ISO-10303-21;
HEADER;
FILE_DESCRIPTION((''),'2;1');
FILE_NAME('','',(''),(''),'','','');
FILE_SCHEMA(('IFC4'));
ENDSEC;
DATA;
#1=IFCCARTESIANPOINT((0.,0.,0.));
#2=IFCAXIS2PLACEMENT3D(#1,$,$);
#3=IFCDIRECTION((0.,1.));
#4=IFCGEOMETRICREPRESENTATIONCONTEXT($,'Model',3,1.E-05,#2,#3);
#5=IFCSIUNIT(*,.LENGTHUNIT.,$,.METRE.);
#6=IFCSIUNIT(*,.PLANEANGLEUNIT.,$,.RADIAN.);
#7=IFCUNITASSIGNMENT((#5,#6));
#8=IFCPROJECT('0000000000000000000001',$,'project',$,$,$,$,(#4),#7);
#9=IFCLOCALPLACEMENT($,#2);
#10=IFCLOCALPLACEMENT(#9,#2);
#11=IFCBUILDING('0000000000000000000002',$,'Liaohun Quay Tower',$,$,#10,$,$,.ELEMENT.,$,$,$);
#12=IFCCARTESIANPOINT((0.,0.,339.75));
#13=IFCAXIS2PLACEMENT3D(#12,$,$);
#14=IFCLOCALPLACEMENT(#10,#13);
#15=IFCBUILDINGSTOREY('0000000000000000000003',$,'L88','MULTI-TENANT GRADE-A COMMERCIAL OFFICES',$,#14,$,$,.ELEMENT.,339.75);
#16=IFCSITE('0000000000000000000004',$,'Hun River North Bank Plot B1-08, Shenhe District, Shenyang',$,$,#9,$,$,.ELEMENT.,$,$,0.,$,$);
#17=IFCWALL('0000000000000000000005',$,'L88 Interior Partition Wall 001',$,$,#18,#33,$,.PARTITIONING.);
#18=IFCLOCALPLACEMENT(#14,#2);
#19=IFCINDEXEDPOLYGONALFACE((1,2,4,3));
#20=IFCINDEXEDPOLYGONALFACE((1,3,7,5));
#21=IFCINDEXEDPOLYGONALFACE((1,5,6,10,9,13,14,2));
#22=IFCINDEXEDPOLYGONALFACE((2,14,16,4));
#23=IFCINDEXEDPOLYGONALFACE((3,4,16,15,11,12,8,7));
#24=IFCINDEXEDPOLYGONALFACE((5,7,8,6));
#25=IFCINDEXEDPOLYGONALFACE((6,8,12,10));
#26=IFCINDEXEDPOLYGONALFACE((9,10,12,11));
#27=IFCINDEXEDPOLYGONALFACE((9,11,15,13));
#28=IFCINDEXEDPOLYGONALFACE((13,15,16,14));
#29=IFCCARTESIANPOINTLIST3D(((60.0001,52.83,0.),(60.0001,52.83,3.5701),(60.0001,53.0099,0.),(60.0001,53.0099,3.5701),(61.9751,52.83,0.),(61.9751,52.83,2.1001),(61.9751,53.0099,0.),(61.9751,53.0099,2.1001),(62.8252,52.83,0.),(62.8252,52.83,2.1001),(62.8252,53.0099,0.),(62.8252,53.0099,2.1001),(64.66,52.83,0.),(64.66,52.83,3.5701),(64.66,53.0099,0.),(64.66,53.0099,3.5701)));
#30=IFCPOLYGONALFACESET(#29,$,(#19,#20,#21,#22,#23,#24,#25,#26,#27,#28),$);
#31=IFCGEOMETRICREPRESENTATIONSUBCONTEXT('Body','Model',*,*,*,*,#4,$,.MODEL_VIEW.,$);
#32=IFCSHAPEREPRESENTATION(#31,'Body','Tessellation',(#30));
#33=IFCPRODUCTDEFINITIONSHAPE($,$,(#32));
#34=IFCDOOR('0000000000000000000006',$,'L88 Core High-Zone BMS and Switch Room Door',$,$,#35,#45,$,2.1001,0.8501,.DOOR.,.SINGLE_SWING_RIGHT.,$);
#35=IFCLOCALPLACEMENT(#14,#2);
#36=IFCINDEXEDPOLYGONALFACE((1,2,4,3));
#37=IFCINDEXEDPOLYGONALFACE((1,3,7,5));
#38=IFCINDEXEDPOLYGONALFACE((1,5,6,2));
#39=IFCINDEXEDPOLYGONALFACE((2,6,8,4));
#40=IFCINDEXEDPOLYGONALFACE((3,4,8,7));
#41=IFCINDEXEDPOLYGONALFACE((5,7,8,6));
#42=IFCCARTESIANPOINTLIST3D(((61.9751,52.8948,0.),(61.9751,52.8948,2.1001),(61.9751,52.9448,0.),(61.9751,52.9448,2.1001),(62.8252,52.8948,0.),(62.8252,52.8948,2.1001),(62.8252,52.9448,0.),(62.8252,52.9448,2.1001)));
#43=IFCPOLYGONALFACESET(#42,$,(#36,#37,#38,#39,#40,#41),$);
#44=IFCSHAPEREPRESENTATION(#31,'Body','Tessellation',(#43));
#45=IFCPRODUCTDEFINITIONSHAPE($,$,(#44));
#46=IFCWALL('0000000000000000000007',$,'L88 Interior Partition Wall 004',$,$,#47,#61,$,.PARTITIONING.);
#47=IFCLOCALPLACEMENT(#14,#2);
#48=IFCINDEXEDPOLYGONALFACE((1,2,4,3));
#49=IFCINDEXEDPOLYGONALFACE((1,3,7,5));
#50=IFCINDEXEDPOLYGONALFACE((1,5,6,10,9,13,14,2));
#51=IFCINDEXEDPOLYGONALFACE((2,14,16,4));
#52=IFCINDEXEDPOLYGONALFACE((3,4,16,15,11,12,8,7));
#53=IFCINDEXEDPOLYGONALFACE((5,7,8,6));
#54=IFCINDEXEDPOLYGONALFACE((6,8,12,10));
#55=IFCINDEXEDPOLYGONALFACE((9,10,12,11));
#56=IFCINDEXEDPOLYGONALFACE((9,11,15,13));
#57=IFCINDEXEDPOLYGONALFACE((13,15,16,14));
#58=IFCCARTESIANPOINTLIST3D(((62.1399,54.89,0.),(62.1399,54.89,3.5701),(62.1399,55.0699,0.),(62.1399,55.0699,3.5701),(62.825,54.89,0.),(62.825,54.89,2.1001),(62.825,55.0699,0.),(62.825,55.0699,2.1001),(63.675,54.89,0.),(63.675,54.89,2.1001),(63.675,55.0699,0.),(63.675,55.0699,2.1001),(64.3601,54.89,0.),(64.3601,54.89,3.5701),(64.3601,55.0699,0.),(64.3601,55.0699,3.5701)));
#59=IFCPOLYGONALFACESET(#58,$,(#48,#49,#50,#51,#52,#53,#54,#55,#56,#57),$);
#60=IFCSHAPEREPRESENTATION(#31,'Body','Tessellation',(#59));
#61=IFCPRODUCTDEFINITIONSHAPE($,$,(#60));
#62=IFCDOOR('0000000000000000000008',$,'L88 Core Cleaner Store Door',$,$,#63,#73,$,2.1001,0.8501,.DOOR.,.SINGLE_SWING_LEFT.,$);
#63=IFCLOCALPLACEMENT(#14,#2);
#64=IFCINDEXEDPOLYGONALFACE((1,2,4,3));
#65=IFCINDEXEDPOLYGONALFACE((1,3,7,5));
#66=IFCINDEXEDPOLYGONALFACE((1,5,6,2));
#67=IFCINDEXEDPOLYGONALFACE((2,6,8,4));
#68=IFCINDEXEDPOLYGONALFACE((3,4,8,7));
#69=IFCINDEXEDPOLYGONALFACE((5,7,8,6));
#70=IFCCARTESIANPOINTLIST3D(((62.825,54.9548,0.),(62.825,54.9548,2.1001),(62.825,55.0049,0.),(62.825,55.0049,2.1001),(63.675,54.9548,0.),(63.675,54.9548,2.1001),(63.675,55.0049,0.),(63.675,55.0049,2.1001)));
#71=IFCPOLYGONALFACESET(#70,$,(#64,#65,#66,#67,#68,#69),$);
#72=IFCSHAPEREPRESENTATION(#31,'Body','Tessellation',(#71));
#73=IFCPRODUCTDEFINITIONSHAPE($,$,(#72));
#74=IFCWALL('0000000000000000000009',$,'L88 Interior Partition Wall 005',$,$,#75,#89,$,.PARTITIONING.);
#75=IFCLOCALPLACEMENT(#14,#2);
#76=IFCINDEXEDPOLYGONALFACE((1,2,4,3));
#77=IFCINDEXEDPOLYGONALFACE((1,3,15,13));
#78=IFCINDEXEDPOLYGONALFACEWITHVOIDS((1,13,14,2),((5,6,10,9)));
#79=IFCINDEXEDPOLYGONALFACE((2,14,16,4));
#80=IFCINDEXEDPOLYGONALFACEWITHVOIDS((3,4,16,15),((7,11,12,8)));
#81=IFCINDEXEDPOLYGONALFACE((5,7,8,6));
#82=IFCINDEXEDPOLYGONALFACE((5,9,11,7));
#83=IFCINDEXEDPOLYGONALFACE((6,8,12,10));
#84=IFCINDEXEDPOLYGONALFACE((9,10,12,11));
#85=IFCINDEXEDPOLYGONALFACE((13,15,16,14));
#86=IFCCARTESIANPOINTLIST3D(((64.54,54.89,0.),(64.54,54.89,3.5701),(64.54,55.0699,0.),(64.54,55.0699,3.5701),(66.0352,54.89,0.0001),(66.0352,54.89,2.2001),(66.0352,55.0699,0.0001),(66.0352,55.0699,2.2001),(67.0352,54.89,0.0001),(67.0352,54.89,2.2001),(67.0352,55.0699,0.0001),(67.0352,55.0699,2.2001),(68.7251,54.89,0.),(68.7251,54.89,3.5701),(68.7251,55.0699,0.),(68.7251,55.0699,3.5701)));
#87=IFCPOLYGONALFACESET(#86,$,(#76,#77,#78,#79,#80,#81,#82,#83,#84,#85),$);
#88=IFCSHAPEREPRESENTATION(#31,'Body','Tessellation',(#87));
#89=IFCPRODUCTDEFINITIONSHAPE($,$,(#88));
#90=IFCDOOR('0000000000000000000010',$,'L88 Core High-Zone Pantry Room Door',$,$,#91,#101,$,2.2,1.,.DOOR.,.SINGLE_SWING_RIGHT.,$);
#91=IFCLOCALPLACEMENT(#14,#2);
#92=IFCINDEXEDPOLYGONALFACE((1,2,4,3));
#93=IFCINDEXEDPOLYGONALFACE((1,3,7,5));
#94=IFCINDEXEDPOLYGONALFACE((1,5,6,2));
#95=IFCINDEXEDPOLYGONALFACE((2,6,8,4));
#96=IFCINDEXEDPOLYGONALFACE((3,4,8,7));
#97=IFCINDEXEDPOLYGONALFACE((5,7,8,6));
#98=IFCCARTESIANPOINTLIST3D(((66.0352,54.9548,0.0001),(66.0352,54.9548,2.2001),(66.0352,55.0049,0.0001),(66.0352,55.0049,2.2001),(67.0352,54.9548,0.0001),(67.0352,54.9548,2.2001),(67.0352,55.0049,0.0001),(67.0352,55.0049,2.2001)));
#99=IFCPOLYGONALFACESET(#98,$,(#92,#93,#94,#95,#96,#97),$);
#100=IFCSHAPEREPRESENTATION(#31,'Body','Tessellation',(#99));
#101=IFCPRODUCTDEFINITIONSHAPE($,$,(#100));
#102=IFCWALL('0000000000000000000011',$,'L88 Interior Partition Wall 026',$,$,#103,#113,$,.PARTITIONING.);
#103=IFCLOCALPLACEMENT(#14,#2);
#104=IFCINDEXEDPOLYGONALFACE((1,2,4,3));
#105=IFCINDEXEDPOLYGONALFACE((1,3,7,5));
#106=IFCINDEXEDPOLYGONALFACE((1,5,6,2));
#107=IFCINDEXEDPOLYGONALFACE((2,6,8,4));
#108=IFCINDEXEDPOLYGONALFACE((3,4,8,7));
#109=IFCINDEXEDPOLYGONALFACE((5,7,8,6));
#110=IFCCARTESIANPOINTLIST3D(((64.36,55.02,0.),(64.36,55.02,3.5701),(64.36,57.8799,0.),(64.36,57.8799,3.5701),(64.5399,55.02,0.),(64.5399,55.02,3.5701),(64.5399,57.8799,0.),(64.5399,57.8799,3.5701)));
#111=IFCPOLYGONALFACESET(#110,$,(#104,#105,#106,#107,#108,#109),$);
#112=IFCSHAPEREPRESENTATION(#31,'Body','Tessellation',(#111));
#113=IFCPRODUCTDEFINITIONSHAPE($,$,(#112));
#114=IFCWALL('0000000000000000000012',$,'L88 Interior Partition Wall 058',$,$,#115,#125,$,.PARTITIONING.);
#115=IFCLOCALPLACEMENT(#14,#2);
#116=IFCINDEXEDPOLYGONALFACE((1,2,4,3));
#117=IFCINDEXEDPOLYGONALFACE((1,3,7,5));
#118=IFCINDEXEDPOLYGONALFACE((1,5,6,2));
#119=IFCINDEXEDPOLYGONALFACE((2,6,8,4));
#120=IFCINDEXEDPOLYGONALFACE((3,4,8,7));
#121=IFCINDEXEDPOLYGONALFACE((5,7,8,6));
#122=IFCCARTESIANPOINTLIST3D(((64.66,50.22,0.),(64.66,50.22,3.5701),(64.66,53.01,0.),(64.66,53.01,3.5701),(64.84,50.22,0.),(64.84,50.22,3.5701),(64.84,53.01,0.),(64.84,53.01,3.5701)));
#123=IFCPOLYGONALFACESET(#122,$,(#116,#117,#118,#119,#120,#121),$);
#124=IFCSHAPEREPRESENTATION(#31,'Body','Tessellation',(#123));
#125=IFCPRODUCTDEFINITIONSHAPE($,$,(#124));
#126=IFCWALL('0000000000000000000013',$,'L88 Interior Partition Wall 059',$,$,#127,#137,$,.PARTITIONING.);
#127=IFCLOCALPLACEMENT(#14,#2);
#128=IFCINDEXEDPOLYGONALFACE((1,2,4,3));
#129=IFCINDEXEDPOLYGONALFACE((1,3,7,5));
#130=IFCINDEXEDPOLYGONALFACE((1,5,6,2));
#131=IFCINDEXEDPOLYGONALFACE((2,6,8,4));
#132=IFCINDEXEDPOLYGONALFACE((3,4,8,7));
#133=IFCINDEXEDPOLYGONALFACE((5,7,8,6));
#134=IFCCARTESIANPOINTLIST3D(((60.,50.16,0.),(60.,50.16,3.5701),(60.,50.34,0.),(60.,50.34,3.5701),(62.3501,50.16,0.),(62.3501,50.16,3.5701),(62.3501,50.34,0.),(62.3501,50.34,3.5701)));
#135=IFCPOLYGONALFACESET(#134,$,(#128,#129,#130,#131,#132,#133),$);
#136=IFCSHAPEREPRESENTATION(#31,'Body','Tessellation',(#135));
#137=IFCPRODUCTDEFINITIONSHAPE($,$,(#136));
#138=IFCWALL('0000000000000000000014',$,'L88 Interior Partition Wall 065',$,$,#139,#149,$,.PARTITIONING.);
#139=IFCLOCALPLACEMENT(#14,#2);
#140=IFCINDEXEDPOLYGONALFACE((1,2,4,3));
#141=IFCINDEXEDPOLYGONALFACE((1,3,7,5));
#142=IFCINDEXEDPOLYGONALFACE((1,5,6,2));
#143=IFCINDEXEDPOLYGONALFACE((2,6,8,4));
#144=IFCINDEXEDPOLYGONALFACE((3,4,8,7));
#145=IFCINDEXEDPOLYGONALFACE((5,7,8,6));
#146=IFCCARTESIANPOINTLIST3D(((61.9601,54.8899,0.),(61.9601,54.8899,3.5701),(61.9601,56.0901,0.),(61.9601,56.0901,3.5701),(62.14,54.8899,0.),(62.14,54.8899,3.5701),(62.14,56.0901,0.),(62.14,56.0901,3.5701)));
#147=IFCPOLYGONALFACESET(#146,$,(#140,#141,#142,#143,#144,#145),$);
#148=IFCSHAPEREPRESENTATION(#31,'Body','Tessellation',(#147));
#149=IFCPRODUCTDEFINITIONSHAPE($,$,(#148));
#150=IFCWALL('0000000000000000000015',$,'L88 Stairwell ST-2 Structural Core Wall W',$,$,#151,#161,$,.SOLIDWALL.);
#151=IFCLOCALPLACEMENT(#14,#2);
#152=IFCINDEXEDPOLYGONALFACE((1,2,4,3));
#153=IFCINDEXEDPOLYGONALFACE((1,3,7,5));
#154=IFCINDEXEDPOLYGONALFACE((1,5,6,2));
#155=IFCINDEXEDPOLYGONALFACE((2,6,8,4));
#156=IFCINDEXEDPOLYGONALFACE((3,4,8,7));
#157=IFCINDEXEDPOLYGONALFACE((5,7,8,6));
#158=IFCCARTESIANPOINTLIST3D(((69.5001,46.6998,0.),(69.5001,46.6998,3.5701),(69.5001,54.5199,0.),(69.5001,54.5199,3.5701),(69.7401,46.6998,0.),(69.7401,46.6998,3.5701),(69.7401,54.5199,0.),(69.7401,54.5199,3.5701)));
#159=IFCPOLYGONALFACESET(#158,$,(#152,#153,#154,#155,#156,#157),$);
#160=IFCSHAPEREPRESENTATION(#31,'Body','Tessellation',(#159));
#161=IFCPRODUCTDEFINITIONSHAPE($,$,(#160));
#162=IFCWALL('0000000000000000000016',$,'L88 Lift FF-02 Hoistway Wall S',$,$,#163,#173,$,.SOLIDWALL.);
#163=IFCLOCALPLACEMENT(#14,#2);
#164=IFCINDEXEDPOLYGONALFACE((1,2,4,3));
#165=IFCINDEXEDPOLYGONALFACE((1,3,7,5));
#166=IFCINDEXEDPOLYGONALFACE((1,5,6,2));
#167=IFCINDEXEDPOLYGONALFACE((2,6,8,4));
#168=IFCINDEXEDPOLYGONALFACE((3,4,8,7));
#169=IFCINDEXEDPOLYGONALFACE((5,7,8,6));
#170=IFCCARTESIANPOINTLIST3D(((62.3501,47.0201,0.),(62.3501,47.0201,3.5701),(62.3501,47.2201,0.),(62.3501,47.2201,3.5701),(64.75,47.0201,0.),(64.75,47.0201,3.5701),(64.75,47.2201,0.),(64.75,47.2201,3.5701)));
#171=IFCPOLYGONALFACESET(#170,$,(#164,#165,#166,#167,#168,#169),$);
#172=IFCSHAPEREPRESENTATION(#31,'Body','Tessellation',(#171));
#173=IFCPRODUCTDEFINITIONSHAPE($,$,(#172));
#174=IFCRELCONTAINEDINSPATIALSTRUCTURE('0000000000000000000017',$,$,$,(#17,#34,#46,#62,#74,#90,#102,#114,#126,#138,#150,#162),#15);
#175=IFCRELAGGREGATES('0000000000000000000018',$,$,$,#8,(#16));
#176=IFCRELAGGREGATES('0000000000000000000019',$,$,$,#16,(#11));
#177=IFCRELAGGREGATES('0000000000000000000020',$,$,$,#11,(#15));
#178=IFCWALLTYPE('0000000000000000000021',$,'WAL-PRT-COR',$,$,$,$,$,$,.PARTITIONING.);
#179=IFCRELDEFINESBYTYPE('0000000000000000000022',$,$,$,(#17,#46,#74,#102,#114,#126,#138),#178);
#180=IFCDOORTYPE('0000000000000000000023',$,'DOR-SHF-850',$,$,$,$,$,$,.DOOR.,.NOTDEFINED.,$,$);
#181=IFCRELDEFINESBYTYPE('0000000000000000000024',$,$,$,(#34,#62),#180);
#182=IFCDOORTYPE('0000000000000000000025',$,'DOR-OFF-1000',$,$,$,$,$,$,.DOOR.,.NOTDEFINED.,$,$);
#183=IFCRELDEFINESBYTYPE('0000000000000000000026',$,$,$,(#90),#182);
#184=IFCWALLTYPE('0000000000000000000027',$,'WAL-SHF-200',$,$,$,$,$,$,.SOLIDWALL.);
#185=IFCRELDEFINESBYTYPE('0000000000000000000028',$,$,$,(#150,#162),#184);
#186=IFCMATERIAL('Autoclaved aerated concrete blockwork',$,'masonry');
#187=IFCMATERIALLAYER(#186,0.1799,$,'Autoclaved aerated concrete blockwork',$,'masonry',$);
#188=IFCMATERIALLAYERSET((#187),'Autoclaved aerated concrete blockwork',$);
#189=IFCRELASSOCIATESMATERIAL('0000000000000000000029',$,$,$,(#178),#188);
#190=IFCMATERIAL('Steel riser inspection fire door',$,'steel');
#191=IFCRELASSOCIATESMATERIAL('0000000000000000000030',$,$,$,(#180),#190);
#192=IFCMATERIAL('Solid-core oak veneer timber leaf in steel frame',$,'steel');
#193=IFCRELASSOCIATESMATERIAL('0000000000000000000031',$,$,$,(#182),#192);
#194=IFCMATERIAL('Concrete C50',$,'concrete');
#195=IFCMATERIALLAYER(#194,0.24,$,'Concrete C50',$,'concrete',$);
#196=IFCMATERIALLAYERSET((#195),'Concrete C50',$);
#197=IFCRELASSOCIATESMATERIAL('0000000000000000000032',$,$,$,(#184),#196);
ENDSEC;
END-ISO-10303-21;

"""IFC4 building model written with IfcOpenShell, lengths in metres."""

from ifc_helpers import new_model, si_unit, direction, frame, frame_2d, origin, place, context, subcontext, project, spatial, rectangle, extrude, source, transform, mapped, material, layer, layer_set, type_object, element, fill, save


model = new_model("IFC4")

# Units and contexts
model_context = context("Model", 3, precision=1e-05, world=origin(), true_north=direction((0.0, 1.0)))
body_context = subcontext(model_context, "Body", "Model", "MODEL_VIEW")
ifc_project = project(units=[si_unit("LENGTHUNIT", "METRE"), si_unit("PLANEANGLEUNIT", "RADIAN")], contexts=[model_context])

# Site, building, storey
site_placement = place(None, origin())
site = spatial("IfcSite", under=ifc_project, at=site_placement, Name="Hun River North Bank Plot B1-08, Shenhe District, Shenyang", CompositionType="ELEMENT", RefElevation=0.0)
building_placement = place(site_placement, origin())
building = spatial("IfcBuilding", under=site, at=building_placement, Name="Liaohun Quay Tower", CompositionType="ELEMENT")
storey_placement = place(building_placement, frame((0.0, 0.0, 339.75)))
storey = spatial("IfcBuildingStorey", under=building, at=storey_placement, Name="L88", Description="MULTI-TENANT GRADE-A COMMERCIAL OFFICES", CompositionType="ELEMENT", Elevation=339.75)

# Walls, openings, doors
ifc_material_1 = material(Name="Autoclaved aerated concrete blockwork", Category="masonry")
ifc_layer_1 = layer(ifc_material_1, 0.1799, Name="Autoclaved aerated concrete blockwork", Category="masonry")
ifc_layer_set_1 = layer_set([ifc_layer_1], Name="Autoclaved aerated concrete blockwork")
wall_type_1 = type_object("IfcWallType", Name="WAL-PRT-COR", PredefinedType="PARTITIONING", material=ifc_layer_set_1)
wall_1_placement = place(storey_placement, frame((60.0, 52.9199, 0.0), z_axis=(0.0, 0.0, 1.0), x_axis=(1.0, 0.0, 0.0)))
wall_1 = element("IfcWall", 1, at=wall_1_placement, inside=storey, type_object=wall_type_1, Name="L88 Interior Partition Wall 001", PredefinedType="PARTITIONING", context=body_context, shape_type="SweptSolid", body=[
    extrude(rectangle(XDim=4.6599, YDim=0.1799, at=frame_2d((2.3301, 0.0))), origin(), (0.0, 0.0, 1.0), 3.5701),
])
shared_shape_1 = source(origin(), body_context, "Body", "SweptSolid", [
    extrude(rectangle(XDim=0.8501, YDim=2.1001, at=frame_2d((0.425, 1.05))), frame((0.0, 0.0999, 0.0), z_axis=(0.0, -1.0, 0.0), x_axis=(1.0, 0.0, 0.0)), (0.0, 0.0, 1.0), 0.2),
])
opening_1_placement = place(wall_1_placement, frame((1.9751, 0.0, 0.0)))
opening_1 = element("IfcOpeningElement", 2, at=opening_1_placement, cuts=wall_1, PredefinedType="OPENING", context=body_context, shape_type="MappedRepresentation", body=[
    mapped(shared_shape_1, transform((0.0, 0.0, 0.0), x_axis=(1.0, 0.0, 0.0), y_axis=(0.0, 1.0, 0.0), z_axis=(0.0, 0.0, 1.0), scale=1.0)),
])
ifc_material_2 = material(Name="Steel riser inspection fire door", Category="steel")
door_type_1 = type_object("IfcDoorType", Name="DOR-SHF-850", OperationType="NOTDEFINED", PredefinedType="DOOR", material=ifc_material_2)
shared_shape_2 = source(origin(), body_context, "Body", "SweptSolid", [
    extrude(rectangle(XDim=0.8501, YDim=2.1001, at=frame_2d((0.425, 1.05))), frame((0.0, 0.0249, 0.0), z_axis=(0.0, -1.0, 0.0), x_axis=(1.0, 0.0, 0.0)), (0.0, 0.0, 1.0), 0.05),
])
door_1_placement = place(opening_1_placement, origin())
door_1 = element("IfcDoor", 3, at=door_1_placement, inside=storey, type_object=door_type_1, Name="L88 Core High-Zone BMS and Switch Room Door", OperationType="SINGLE_SWING_RIGHT", OverallHeight=2.1001, OverallWidth=0.8501, PredefinedType="DOOR", context=body_context, shape_type="MappedRepresentation", body=[
    mapped(shared_shape_2, transform((0.0, 0.0, 0.0), x_axis=(1.0, 0.0, 0.0), y_axis=(0.0, 1.0, 0.0), z_axis=(0.0, 0.0, 1.0), scale=1.0)),
])
fill(opening_1, door_1)
wall_2_placement = place(storey_placement, frame((62.1399, 54.98, 0.0), z_axis=(0.0, 0.0, 1.0), x_axis=(1.0, 0.0, 0.0)))
wall_2 = element("IfcWall", 4, at=wall_2_placement, inside=storey, type_object=wall_type_1, Name="L88 Interior Partition Wall 004", PredefinedType="PARTITIONING", context=body_context, shape_type="SweptSolid", body=[
    extrude(rectangle(XDim=2.2202, YDim=0.1799, at=frame_2d((1.1101, 0.0))), origin(), (0.0, 0.0, 1.0), 3.5701),
])
opening_2_placement = place(wall_2_placement, frame((0.6851, 0.0, 0.0)))
opening_2 = element("IfcOpeningElement", 5, at=opening_2_placement, cuts=wall_2, PredefinedType="OPENING", context=body_context, shape_type="MappedRepresentation", body=[
    mapped(shared_shape_1, transform((0.0, 0.0, 0.0), x_axis=(1.0, 0.0, 0.0), y_axis=(0.0, 1.0, 0.0), z_axis=(0.0, 0.0, 1.0), scale=1.0)),
])
door_2_placement = place(opening_2_placement, origin())
door_2 = element("IfcDoor", 6, at=door_2_placement, inside=storey, type_object=door_type_1, Name="L88 Core Cleaner Store Door", OperationType="SINGLE_SWING_LEFT", OverallHeight=2.1001, OverallWidth=0.8501, PredefinedType="DOOR", context=body_context, shape_type="MappedRepresentation", body=[
    mapped(shared_shape_2, transform((0.0, 0.0, 0.0), x_axis=(1.0, 0.0, 0.0), y_axis=(0.0, 1.0, 0.0), z_axis=(0.0, 0.0, 1.0), scale=1.0)),
])
fill(opening_2, door_2)
wall_3_placement = place(storey_placement, frame((64.54, 54.98, 0.0), z_axis=(0.0, 0.0, 1.0), x_axis=(1.0, 0.0, 0.0)))
wall_3 = element("IfcWall", 7, at=wall_3_placement, inside=storey, type_object=wall_type_1, Name="L88 Interior Partition Wall 005", PredefinedType="PARTITIONING", context=body_context, shape_type="SweptSolid", body=[
    extrude(rectangle(XDim=4.1851, YDim=0.1799, at=frame_2d((2.0925, 0.0))), origin(), (0.0, 0.0, 1.0), 3.5701),
])
shared_shape_3 = source(origin(), body_context, "Body", "SweptSolid", [
    extrude(rectangle(XDim=1.0, YDim=2.2, at=frame_2d((0.5, 1.1001))), frame((0.0, 0.0999, 0.0), z_axis=(0.0, -1.0, 0.0), x_axis=(1.0, 0.0, 0.0)), (0.0, 0.0, 1.0), 0.2),
])
opening_3_placement = place(wall_3_placement, frame((1.4951, 0.0, 0.0)))
opening_3 = element("IfcOpeningElement", 8, at=opening_3_placement, cuts=wall_3, PredefinedType="OPENING", context=body_context, shape_type="MappedRepresentation", body=[
    mapped(shared_shape_3, transform((0.0, 0.0, 0.0), x_axis=(1.0, 0.0, 0.0), y_axis=(0.0, 1.0, 0.0), z_axis=(0.0, 0.0, 1.0), scale=1.0)),
])
ifc_material_3 = material(Name="Solid-core oak veneer timber leaf in steel frame", Category="steel")
door_type_2 = type_object("IfcDoorType", Name="DOR-OFF-1000", OperationType="NOTDEFINED", PredefinedType="DOOR", material=ifc_material_3)
shared_shape_4 = source(origin(), body_context, "Body", "SweptSolid", [
    extrude(rectangle(XDim=1.0, YDim=2.2, at=frame_2d((0.5, 1.1001))), frame((0.0, 0.0249, 0.0), z_axis=(0.0, -1.0, 0.0), x_axis=(1.0, 0.0, 0.0)), (0.0, 0.0, 1.0), 0.05),
])
door_3_placement = place(opening_3_placement, origin())
door_3 = element("IfcDoor", 9, at=door_3_placement, inside=storey, type_object=door_type_2, Name="L88 Core High-Zone Pantry Room Door", OperationType="SINGLE_SWING_RIGHT", OverallHeight=2.2, OverallWidth=1.0, PredefinedType="DOOR", context=body_context, shape_type="MappedRepresentation", body=[
    mapped(shared_shape_4, transform((0.0, 0.0, 0.0), x_axis=(1.0, 0.0, 0.0), y_axis=(0.0, 1.0, 0.0), z_axis=(0.0, 0.0, 1.0), scale=1.0)),
])
fill(opening_3, door_3)

# Walls
wall_4_placement = place(storey_placement, frame((64.45, 55.02, 0.0), z_axis=(0.0, 0.0, 1.0), x_axis=(0.0, 1.0, 0.0)))
element("IfcWall", 10, at=wall_4_placement, inside=storey, type_object=wall_type_1, Name="L88 Interior Partition Wall 026", PredefinedType="PARTITIONING", context=body_context, shape_type="SweptSolid", body=[
    extrude(rectangle(XDim=2.8599, YDim=0.1799, at=frame_2d((1.4299, 0.0))), origin(), (0.0, 0.0, 1.0), 3.5701),
])
wall_5_placement = place(storey_placement, frame((64.75, 50.22, 0.0), z_axis=(0.0, 0.0, 1.0), x_axis=(0.0, 1.0, 0.0)))
element("IfcWall", 11, at=wall_5_placement, inside=storey, type_object=wall_type_1, Name="L88 Interior Partition Wall 058", PredefinedType="PARTITIONING", context=body_context, shape_type="SweptSolid", body=[
    extrude(rectangle(XDim=2.79, YDim=0.1799, at=frame_2d((1.395, 0.0))), origin(), (0.0, 0.0, 1.0), 3.5701),
])
wall_6_placement = place(storey_placement, frame((60.0, 50.25, 0.0), z_axis=(0.0, 0.0, 1.0), x_axis=(1.0, 0.0, 0.0)))
element("IfcWall", 12, at=wall_6_placement, inside=storey, type_object=wall_type_1, Name="L88 Interior Partition Wall 059", PredefinedType="PARTITIONING", context=body_context, shape_type="SweptSolid", body=[
    extrude(rectangle(XDim=2.3501, YDim=0.1799, at=frame_2d((1.175, 0.0))), origin(), (0.0, 0.0, 1.0), 3.5701),
])
wall_7_placement = place(storey_placement, frame((62.05, 54.8899, 0.0), z_axis=(0.0, 0.0, 1.0), x_axis=(0.0, 1.0, 0.0)))
element("IfcWall", 13, at=wall_7_placement, inside=storey, type_object=wall_type_1, Name="L88 Interior Partition Wall 065", PredefinedType="PARTITIONING", context=body_context, shape_type="SweptSolid", body=[
    extrude(rectangle(XDim=1.2002, YDim=0.1799, at=frame_2d((0.6001, 0.0))), origin(), (0.0, 0.0, 1.0), 3.5701),
])
ifc_material_4 = material(Name="Concrete C50", Category="concrete")
ifc_layer_2 = layer(ifc_material_4, 0.24, Name="Concrete C50", Category="concrete")
ifc_layer_set_2 = layer_set([ifc_layer_2], Name="Concrete C50")
wall_type_2 = type_object("IfcWallType", Name="WAL-SHF-200", PredefinedType="SOLIDWALL", material=ifc_layer_set_2)
wall_8_placement = place(storey_placement, frame((69.6201, 54.52, 0.0), z_axis=(0.0, 0.0, 1.0), x_axis=(0.0, -1.0, 0.0)))
element("IfcWall", 14, at=wall_8_placement, inside=storey, type_object=wall_type_2, Name="L88 Stairwell ST-2 Structural Core Wall W", PredefinedType="SOLIDWALL", context=body_context, shape_type="SweptSolid", body=[
    extrude(rectangle(XDim=7.8201, YDim=0.24, at=frame_2d((3.9102, 0.0))), origin(), (0.0, 0.0, 1.0), 3.5701),
])
wall_9_placement = place(storey_placement, frame((62.3501, 47.1201, 0.0), z_axis=(0.0, 0.0, 1.0), x_axis=(1.0, 0.0, 0.0)))
element("IfcWall", 15, at=wall_9_placement, inside=storey, type_object=wall_type_2, Name="L88 Lift FF-02 Hoistway Wall S", PredefinedType="SOLIDWALL", context=body_context, shape_type="SweptSolid", body=[
    extrude(rectangle(XDim=2.3999, YDim=0.2, at=frame_2d((1.2, 0.0))), origin(), (0.0, 0.0, 1.0), 3.5701),
])

save(model, "model.ifc")
